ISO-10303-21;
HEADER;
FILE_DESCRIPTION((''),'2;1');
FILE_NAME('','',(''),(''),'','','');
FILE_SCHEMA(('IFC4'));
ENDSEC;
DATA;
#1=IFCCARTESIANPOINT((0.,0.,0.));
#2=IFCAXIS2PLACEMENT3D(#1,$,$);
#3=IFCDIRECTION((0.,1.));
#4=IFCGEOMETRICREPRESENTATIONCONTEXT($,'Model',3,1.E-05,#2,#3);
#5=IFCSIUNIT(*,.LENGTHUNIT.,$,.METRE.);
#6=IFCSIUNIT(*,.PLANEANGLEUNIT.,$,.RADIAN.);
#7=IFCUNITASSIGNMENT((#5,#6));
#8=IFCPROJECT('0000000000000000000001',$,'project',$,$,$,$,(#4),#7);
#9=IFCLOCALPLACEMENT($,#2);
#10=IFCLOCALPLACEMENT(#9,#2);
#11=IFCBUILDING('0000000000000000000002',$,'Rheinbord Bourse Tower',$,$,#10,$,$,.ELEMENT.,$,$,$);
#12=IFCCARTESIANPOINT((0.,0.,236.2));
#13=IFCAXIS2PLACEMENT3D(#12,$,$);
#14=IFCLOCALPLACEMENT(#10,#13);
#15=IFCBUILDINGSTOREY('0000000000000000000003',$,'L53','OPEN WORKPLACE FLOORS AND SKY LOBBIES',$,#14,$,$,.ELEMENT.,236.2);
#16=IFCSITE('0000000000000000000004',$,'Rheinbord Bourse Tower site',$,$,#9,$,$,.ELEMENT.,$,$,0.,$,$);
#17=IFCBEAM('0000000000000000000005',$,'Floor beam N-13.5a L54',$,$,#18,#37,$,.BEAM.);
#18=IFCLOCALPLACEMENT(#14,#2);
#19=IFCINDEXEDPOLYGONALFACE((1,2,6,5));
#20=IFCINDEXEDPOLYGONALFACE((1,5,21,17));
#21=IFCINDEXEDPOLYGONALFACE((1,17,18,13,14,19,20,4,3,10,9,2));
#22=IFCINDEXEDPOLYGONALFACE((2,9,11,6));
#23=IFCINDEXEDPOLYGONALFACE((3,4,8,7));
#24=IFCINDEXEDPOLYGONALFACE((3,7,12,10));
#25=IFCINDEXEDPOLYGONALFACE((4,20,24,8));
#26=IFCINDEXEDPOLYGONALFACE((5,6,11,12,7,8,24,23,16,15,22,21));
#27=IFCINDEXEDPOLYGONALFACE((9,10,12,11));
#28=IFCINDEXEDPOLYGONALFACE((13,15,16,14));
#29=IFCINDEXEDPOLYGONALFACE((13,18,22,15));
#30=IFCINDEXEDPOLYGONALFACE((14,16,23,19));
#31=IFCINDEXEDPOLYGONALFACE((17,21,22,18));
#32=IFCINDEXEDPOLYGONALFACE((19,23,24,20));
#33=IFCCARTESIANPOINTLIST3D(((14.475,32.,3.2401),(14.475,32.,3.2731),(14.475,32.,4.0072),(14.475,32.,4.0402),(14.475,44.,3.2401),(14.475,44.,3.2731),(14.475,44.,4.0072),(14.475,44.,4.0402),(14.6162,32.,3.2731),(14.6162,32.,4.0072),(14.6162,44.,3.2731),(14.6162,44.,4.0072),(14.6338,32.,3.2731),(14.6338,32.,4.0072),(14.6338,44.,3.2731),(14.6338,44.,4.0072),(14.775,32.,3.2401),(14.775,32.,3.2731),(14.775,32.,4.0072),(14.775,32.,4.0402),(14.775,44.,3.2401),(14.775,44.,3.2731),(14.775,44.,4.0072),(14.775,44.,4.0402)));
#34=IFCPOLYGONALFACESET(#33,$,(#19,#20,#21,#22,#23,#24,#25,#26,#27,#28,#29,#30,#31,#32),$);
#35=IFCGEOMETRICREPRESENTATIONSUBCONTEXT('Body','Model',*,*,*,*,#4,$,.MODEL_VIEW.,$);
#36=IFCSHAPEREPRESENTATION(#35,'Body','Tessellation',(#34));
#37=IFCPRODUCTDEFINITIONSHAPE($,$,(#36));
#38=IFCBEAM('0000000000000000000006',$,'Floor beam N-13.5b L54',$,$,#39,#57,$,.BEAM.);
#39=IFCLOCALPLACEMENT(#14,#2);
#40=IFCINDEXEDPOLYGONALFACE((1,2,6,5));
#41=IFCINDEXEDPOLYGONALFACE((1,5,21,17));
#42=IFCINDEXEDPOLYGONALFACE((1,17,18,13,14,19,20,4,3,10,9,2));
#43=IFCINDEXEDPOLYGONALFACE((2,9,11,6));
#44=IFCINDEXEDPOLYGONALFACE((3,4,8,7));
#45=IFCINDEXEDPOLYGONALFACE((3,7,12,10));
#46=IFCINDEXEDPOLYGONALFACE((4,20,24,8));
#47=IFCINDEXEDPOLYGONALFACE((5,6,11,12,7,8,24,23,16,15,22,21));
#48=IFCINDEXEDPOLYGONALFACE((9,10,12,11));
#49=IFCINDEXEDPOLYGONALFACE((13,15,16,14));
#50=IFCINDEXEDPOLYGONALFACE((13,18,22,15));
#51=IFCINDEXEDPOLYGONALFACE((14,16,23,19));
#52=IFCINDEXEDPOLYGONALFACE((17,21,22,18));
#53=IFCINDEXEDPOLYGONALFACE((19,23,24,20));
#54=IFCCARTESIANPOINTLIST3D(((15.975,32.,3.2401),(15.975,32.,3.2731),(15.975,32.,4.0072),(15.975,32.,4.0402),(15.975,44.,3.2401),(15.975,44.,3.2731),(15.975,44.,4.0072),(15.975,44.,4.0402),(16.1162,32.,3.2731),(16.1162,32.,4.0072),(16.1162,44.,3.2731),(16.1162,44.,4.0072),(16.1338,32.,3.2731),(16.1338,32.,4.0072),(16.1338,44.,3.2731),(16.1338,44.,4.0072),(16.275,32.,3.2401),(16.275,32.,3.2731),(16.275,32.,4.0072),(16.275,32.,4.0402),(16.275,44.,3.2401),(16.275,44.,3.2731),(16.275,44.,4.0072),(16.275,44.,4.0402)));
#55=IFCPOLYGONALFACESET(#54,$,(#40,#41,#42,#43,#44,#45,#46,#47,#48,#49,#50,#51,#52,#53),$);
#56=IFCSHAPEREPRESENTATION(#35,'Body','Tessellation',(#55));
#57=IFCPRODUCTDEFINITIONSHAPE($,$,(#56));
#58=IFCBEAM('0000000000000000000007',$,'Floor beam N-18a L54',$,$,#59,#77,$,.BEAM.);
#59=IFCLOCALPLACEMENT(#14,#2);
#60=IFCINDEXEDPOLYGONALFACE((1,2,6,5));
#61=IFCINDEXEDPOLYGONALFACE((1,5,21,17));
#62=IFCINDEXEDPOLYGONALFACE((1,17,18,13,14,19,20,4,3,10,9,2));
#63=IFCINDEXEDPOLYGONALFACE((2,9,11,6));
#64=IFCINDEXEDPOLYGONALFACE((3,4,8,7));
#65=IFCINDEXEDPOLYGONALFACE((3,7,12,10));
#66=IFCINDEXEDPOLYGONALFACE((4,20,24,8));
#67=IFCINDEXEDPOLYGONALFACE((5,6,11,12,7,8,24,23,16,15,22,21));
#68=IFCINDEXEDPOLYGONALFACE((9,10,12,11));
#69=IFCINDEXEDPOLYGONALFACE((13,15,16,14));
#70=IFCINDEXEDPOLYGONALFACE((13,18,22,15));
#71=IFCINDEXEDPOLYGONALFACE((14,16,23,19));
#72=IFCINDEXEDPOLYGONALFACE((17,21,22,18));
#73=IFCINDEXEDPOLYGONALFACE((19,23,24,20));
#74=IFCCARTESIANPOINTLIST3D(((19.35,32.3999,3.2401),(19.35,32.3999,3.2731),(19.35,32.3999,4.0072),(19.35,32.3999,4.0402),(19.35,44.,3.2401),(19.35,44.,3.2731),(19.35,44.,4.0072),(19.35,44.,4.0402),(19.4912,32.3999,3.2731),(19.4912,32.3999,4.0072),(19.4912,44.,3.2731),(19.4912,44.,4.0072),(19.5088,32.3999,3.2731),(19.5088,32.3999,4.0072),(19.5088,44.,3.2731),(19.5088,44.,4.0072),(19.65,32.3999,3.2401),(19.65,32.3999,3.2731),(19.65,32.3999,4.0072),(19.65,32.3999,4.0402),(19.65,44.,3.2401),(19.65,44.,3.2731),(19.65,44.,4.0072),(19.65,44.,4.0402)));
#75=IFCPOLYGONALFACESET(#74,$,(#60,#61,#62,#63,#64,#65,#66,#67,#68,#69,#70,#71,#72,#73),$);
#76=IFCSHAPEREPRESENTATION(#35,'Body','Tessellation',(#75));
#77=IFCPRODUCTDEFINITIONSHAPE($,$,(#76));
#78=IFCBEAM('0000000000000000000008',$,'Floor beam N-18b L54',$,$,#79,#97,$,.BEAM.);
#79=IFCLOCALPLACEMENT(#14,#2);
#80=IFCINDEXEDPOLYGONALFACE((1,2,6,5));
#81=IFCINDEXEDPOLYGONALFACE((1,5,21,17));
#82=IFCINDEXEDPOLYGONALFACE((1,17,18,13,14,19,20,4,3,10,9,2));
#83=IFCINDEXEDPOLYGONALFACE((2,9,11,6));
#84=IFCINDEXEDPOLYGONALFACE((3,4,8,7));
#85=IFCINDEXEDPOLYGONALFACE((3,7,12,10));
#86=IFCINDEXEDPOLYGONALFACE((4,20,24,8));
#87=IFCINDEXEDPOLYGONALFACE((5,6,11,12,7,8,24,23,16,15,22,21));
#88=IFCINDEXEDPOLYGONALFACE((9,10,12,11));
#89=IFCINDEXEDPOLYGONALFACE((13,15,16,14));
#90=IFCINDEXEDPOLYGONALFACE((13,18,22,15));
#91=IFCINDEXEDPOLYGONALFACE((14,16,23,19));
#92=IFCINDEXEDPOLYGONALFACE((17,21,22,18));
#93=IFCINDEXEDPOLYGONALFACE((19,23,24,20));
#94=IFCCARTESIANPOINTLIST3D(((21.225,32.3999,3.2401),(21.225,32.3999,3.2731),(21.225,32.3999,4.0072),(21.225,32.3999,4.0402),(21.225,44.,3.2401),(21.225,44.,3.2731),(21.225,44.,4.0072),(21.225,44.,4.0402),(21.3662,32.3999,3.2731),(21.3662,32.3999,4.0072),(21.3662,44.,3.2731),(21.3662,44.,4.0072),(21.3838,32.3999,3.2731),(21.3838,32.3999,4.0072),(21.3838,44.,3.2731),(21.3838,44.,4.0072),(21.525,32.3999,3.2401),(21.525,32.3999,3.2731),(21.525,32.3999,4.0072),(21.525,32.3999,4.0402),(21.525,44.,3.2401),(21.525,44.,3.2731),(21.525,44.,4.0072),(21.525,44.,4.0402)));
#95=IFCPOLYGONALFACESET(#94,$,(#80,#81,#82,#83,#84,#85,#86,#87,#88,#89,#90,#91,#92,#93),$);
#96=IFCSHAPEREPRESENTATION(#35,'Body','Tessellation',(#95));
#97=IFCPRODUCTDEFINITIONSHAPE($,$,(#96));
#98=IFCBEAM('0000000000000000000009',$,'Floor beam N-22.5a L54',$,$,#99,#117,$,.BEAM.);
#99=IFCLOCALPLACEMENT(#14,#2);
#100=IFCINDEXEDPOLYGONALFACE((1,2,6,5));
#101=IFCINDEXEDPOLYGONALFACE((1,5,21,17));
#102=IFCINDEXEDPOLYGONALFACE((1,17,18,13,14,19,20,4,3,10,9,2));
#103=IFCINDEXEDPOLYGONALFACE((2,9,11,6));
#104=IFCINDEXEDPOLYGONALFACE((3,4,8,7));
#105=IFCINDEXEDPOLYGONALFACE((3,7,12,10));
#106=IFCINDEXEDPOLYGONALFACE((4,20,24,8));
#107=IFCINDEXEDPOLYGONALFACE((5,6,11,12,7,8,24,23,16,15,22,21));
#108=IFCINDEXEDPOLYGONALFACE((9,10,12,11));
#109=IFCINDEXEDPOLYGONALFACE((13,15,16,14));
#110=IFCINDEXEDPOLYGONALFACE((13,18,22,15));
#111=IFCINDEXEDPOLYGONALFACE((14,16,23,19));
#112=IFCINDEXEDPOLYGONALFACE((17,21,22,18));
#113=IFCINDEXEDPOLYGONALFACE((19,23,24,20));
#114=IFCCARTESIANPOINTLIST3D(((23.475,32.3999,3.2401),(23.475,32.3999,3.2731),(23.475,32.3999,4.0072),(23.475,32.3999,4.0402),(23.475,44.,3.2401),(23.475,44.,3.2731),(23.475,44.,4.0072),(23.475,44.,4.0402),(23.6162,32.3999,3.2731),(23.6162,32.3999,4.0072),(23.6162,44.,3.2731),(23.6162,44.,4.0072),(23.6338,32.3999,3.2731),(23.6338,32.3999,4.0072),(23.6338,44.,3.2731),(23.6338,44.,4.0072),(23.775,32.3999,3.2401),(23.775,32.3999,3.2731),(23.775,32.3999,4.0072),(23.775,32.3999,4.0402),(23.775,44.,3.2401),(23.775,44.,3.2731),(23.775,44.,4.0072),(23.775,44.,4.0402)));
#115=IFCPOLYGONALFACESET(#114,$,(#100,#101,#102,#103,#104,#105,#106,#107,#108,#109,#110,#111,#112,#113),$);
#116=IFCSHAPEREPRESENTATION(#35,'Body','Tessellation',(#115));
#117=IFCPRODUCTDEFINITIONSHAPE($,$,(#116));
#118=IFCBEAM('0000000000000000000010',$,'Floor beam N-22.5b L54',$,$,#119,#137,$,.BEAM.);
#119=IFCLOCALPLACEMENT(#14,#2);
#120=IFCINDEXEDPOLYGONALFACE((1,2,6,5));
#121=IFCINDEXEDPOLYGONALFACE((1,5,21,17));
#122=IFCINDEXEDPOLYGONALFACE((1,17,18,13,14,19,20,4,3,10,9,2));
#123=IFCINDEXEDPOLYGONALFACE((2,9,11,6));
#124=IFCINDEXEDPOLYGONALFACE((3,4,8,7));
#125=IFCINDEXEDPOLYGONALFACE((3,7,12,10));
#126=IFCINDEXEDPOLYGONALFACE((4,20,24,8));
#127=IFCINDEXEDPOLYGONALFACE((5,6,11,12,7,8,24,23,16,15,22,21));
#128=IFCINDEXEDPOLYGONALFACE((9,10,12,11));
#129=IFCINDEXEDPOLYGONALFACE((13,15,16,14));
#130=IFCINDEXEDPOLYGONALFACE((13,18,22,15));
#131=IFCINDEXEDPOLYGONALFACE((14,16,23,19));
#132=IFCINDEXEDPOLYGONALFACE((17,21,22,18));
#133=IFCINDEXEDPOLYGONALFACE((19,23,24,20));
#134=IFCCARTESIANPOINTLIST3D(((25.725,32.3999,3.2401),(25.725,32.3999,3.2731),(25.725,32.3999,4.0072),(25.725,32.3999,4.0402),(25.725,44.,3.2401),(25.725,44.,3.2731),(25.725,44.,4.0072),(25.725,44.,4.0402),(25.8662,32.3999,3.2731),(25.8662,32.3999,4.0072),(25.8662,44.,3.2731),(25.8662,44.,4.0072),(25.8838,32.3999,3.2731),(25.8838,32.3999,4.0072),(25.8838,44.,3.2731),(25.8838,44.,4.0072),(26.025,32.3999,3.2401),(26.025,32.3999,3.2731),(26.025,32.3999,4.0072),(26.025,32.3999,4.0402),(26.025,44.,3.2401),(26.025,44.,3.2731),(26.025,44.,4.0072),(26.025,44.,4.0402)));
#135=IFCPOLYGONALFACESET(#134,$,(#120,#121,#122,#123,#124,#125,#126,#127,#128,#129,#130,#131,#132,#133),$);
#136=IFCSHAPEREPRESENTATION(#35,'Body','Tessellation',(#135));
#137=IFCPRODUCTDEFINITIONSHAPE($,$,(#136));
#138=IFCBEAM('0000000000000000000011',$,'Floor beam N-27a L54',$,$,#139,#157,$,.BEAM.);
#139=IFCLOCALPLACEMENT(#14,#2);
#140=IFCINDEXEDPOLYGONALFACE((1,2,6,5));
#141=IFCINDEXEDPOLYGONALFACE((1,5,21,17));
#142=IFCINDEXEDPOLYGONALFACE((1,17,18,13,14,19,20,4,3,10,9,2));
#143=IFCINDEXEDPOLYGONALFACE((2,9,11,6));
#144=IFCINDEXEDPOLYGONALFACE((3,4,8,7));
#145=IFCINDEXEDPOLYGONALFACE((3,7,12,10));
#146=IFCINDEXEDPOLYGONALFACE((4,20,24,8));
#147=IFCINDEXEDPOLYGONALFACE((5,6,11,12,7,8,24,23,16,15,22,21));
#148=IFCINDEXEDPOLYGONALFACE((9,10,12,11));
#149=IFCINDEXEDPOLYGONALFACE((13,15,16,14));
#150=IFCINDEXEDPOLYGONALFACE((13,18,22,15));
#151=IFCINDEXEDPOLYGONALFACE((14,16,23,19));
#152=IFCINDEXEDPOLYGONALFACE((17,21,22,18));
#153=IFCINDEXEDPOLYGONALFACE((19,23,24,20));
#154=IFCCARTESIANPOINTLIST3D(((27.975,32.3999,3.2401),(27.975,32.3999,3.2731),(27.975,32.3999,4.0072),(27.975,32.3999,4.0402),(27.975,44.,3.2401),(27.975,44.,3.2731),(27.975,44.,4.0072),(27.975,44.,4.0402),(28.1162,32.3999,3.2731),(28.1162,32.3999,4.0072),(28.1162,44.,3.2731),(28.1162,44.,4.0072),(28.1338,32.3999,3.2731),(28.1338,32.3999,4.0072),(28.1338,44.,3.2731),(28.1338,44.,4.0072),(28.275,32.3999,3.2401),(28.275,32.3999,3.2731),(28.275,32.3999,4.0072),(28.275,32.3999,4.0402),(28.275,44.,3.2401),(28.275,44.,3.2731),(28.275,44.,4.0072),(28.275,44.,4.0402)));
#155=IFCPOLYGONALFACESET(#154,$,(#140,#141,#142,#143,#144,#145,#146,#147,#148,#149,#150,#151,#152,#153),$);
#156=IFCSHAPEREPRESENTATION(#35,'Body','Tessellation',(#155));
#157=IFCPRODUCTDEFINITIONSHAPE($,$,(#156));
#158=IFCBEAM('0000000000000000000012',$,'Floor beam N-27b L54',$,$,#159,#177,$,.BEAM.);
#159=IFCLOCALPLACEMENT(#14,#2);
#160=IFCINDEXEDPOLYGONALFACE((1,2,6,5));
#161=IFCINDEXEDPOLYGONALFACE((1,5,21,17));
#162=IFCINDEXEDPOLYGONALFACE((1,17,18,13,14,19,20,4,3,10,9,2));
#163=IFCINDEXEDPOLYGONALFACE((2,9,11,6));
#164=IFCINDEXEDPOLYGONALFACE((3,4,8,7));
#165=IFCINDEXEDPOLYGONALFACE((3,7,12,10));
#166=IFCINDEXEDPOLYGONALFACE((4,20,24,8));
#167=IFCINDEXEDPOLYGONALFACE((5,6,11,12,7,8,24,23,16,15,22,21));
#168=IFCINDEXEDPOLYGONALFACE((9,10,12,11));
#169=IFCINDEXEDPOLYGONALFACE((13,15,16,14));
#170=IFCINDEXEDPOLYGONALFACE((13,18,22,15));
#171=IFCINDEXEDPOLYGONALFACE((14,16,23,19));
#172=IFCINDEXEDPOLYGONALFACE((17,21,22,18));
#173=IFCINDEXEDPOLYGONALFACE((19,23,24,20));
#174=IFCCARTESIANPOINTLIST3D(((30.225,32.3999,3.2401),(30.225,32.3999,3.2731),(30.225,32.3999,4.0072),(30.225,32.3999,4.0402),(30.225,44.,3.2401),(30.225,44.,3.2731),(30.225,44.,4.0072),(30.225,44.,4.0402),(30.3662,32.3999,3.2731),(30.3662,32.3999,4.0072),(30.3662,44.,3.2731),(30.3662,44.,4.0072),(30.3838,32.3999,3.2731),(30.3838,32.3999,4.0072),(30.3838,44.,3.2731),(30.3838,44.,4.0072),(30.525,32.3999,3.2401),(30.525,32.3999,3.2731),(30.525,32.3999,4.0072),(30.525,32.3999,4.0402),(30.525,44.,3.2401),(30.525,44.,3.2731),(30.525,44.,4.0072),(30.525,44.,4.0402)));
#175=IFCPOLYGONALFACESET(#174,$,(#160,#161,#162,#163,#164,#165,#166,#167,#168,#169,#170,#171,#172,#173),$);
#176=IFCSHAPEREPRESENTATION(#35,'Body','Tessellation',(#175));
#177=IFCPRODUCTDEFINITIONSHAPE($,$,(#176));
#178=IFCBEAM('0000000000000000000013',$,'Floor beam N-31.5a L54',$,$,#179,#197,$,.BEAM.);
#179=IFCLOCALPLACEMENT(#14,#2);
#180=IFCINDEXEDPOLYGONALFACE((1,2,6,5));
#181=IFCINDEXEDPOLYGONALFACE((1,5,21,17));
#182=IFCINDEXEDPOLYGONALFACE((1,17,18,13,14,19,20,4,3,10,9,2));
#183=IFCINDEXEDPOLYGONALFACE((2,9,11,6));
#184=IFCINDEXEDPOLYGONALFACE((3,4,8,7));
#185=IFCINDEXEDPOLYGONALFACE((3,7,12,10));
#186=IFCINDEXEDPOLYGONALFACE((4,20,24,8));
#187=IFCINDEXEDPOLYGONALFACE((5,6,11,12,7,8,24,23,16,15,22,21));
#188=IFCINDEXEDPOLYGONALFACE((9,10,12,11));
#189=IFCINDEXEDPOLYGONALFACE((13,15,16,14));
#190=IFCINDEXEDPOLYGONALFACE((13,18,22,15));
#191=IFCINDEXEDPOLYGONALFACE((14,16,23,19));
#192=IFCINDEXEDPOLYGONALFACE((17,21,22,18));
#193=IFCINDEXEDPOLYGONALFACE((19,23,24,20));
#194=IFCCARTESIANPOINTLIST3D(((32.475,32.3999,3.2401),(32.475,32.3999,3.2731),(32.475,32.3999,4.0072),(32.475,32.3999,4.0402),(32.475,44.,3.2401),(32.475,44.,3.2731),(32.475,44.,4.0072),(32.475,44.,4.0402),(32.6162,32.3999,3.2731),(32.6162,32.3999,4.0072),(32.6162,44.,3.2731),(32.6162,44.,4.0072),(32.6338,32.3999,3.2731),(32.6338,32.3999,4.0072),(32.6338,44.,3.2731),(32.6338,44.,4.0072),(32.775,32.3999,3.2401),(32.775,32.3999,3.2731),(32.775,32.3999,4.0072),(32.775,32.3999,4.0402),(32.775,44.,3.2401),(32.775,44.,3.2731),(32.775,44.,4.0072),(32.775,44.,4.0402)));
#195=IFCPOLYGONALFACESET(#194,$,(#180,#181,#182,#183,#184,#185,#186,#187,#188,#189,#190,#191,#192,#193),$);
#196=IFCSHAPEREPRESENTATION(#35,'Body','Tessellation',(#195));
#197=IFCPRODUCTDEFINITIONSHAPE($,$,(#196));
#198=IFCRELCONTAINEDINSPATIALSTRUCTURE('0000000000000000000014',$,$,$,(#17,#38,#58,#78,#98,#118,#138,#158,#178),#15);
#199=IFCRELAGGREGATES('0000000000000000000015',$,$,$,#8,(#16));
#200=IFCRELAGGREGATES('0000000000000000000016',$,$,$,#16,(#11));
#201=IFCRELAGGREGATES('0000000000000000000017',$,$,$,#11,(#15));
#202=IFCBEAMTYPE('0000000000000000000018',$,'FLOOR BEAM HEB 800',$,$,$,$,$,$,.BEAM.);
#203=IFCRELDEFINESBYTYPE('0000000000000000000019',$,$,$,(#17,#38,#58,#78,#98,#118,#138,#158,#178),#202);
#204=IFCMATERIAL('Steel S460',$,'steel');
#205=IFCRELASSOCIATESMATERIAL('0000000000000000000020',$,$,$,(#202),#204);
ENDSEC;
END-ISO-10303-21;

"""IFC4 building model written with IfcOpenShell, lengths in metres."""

from ifc_helpers import new_model, si_unit, direction, frame, origin, origin_2d, place, context, subcontext, project, spatial, i_section, extrude, material, material_profile, profile_set, type_object, element, save


model = new_model("IFC4")

# Units and contexts
model_context = context("Model", 3, precision=1e-05, world=origin(), true_north=direction((0.0, 1.0)))
body_context = subcontext(model_context, "Body", "Model", "MODEL_VIEW")
ifc_project = project(units=[si_unit("LENGTHUNIT", "METRE"), si_unit("PLANEANGLEUNIT", "RADIAN")], contexts=[model_context])

# Site, building, storey
site_placement = place(None, origin())
site = spatial("IfcSite", under=ifc_project, at=site_placement, Name="Rheinbord Bourse Tower site", CompositionType="ELEMENT", RefElevation=0.0)
building_placement = place(site_placement, origin())
building = spatial("IfcBuilding", under=site, at=building_placement, Name="Rheinbord Bourse Tower", CompositionType="ELEMENT")
storey_placement = place(building_placement, frame((0.0, 0.0, 236.2)))
storey = spatial("IfcBuildingStorey", under=building, at=storey_placement, Name="L53", Description="OPEN WORKPLACE FLOORS AND SKY LOBBIES", CompositionType="ELEMENT", Elevation=236.2)

# Beams
ifc_material_1 = material(Name="Steel S460", Category="steel")
ifc_material_profile_1 = material_profile(ifc_material_1, i_section(OverallWidth=0.3, OverallDepth=0.8, WebThickness=0.0176, FlangeThickness=0.033, at=origin_2d()), Name="HEB 800")
ifc_profile_set_1 = profile_set([ifc_material_profile_1], Name="Steel S460")
beam_type_1 = type_object("IfcBeamType", Name="FLOOR BEAM HEB 800", PredefinedType="BEAM", material=ifc_profile_set_1)
for number, where, z_axis, x_axis, name in (
    (1, (14.625, 44.0, 3.6401), (0.0, -1.0, 0.0), (1.0, 0.0, 0.0), "Floor beam N-13.5a L54"),
    (2, (16.125, 44.0, 3.6401), (0.0, -1.0, 0.0), (1.0, 0.0, 0.0), "Floor beam N-13.5b L54"),
):
    element("IfcBeam", number, at=place(storey_placement, frame(where, z_axis=z_axis, x_axis=x_axis)), inside=storey, type_object=beam_type_1, Name=name, PredefinedType="BEAM", context=body_context, shape_type="SweptSolid", body=[
        extrude(i_section(OverallWidth=0.3, OverallDepth=0.8, WebThickness=0.0176, FlangeThickness=0.033, at=origin_2d()), origin(), (0.0, 0.0, 1.0), 12.0),
    ])
for number, where, z_axis, x_axis, name in (
    (3, (19.5, 44.0, 3.6401), (0.0, -1.0, 0.0), (1.0, 0.0, 0.0), "Floor beam N-18a L54"),
    (4, (21.375, 44.0, 3.6401), (0.0, -1.0, 0.0), (1.0, 0.0, 0.0), "Floor beam N-18b L54"),
    (5, (23.625, 44.0, 3.6401), (0.0, -1.0, 0.0), (1.0, 0.0, 0.0), "Floor beam N-22.5a L54"),
    (6, (25.875, 44.0, 3.6401), (0.0, -1.0, 0.0), (1.0, 0.0, 0.0), "Floor beam N-22.5b L54"),
    (7, (28.125, 44.0, 3.6401), (0.0, -1.0, 0.0), (1.0, 0.0, 0.0), "Floor beam N-27a L54"),
    (8, (30.375, 44.0, 3.6401), (0.0, -1.0, 0.0), (1.0, 0.0, 0.0), "Floor beam N-27b L54"),
    (9, (32.625, 44.0, 3.6401), (0.0, -1.0, 0.0), (1.0, 0.0, 0.0), "Floor beam N-31.5a L54"),
):
    element("IfcBeam", number, at=place(storey_placement, frame(where, z_axis=z_axis, x_axis=x_axis)), inside=storey, type_object=beam_type_1, Name=name, PredefinedType="BEAM", context=body_context, shape_type="SweptSolid", body=[
        extrude(i_section(OverallWidth=0.3, OverallDepth=0.8, WebThickness=0.0176, FlangeThickness=0.033, at=origin_2d()), origin(), (0.0, 0.0, 1.0), 11.6001),
    ])

save(model, "model.ifc")
